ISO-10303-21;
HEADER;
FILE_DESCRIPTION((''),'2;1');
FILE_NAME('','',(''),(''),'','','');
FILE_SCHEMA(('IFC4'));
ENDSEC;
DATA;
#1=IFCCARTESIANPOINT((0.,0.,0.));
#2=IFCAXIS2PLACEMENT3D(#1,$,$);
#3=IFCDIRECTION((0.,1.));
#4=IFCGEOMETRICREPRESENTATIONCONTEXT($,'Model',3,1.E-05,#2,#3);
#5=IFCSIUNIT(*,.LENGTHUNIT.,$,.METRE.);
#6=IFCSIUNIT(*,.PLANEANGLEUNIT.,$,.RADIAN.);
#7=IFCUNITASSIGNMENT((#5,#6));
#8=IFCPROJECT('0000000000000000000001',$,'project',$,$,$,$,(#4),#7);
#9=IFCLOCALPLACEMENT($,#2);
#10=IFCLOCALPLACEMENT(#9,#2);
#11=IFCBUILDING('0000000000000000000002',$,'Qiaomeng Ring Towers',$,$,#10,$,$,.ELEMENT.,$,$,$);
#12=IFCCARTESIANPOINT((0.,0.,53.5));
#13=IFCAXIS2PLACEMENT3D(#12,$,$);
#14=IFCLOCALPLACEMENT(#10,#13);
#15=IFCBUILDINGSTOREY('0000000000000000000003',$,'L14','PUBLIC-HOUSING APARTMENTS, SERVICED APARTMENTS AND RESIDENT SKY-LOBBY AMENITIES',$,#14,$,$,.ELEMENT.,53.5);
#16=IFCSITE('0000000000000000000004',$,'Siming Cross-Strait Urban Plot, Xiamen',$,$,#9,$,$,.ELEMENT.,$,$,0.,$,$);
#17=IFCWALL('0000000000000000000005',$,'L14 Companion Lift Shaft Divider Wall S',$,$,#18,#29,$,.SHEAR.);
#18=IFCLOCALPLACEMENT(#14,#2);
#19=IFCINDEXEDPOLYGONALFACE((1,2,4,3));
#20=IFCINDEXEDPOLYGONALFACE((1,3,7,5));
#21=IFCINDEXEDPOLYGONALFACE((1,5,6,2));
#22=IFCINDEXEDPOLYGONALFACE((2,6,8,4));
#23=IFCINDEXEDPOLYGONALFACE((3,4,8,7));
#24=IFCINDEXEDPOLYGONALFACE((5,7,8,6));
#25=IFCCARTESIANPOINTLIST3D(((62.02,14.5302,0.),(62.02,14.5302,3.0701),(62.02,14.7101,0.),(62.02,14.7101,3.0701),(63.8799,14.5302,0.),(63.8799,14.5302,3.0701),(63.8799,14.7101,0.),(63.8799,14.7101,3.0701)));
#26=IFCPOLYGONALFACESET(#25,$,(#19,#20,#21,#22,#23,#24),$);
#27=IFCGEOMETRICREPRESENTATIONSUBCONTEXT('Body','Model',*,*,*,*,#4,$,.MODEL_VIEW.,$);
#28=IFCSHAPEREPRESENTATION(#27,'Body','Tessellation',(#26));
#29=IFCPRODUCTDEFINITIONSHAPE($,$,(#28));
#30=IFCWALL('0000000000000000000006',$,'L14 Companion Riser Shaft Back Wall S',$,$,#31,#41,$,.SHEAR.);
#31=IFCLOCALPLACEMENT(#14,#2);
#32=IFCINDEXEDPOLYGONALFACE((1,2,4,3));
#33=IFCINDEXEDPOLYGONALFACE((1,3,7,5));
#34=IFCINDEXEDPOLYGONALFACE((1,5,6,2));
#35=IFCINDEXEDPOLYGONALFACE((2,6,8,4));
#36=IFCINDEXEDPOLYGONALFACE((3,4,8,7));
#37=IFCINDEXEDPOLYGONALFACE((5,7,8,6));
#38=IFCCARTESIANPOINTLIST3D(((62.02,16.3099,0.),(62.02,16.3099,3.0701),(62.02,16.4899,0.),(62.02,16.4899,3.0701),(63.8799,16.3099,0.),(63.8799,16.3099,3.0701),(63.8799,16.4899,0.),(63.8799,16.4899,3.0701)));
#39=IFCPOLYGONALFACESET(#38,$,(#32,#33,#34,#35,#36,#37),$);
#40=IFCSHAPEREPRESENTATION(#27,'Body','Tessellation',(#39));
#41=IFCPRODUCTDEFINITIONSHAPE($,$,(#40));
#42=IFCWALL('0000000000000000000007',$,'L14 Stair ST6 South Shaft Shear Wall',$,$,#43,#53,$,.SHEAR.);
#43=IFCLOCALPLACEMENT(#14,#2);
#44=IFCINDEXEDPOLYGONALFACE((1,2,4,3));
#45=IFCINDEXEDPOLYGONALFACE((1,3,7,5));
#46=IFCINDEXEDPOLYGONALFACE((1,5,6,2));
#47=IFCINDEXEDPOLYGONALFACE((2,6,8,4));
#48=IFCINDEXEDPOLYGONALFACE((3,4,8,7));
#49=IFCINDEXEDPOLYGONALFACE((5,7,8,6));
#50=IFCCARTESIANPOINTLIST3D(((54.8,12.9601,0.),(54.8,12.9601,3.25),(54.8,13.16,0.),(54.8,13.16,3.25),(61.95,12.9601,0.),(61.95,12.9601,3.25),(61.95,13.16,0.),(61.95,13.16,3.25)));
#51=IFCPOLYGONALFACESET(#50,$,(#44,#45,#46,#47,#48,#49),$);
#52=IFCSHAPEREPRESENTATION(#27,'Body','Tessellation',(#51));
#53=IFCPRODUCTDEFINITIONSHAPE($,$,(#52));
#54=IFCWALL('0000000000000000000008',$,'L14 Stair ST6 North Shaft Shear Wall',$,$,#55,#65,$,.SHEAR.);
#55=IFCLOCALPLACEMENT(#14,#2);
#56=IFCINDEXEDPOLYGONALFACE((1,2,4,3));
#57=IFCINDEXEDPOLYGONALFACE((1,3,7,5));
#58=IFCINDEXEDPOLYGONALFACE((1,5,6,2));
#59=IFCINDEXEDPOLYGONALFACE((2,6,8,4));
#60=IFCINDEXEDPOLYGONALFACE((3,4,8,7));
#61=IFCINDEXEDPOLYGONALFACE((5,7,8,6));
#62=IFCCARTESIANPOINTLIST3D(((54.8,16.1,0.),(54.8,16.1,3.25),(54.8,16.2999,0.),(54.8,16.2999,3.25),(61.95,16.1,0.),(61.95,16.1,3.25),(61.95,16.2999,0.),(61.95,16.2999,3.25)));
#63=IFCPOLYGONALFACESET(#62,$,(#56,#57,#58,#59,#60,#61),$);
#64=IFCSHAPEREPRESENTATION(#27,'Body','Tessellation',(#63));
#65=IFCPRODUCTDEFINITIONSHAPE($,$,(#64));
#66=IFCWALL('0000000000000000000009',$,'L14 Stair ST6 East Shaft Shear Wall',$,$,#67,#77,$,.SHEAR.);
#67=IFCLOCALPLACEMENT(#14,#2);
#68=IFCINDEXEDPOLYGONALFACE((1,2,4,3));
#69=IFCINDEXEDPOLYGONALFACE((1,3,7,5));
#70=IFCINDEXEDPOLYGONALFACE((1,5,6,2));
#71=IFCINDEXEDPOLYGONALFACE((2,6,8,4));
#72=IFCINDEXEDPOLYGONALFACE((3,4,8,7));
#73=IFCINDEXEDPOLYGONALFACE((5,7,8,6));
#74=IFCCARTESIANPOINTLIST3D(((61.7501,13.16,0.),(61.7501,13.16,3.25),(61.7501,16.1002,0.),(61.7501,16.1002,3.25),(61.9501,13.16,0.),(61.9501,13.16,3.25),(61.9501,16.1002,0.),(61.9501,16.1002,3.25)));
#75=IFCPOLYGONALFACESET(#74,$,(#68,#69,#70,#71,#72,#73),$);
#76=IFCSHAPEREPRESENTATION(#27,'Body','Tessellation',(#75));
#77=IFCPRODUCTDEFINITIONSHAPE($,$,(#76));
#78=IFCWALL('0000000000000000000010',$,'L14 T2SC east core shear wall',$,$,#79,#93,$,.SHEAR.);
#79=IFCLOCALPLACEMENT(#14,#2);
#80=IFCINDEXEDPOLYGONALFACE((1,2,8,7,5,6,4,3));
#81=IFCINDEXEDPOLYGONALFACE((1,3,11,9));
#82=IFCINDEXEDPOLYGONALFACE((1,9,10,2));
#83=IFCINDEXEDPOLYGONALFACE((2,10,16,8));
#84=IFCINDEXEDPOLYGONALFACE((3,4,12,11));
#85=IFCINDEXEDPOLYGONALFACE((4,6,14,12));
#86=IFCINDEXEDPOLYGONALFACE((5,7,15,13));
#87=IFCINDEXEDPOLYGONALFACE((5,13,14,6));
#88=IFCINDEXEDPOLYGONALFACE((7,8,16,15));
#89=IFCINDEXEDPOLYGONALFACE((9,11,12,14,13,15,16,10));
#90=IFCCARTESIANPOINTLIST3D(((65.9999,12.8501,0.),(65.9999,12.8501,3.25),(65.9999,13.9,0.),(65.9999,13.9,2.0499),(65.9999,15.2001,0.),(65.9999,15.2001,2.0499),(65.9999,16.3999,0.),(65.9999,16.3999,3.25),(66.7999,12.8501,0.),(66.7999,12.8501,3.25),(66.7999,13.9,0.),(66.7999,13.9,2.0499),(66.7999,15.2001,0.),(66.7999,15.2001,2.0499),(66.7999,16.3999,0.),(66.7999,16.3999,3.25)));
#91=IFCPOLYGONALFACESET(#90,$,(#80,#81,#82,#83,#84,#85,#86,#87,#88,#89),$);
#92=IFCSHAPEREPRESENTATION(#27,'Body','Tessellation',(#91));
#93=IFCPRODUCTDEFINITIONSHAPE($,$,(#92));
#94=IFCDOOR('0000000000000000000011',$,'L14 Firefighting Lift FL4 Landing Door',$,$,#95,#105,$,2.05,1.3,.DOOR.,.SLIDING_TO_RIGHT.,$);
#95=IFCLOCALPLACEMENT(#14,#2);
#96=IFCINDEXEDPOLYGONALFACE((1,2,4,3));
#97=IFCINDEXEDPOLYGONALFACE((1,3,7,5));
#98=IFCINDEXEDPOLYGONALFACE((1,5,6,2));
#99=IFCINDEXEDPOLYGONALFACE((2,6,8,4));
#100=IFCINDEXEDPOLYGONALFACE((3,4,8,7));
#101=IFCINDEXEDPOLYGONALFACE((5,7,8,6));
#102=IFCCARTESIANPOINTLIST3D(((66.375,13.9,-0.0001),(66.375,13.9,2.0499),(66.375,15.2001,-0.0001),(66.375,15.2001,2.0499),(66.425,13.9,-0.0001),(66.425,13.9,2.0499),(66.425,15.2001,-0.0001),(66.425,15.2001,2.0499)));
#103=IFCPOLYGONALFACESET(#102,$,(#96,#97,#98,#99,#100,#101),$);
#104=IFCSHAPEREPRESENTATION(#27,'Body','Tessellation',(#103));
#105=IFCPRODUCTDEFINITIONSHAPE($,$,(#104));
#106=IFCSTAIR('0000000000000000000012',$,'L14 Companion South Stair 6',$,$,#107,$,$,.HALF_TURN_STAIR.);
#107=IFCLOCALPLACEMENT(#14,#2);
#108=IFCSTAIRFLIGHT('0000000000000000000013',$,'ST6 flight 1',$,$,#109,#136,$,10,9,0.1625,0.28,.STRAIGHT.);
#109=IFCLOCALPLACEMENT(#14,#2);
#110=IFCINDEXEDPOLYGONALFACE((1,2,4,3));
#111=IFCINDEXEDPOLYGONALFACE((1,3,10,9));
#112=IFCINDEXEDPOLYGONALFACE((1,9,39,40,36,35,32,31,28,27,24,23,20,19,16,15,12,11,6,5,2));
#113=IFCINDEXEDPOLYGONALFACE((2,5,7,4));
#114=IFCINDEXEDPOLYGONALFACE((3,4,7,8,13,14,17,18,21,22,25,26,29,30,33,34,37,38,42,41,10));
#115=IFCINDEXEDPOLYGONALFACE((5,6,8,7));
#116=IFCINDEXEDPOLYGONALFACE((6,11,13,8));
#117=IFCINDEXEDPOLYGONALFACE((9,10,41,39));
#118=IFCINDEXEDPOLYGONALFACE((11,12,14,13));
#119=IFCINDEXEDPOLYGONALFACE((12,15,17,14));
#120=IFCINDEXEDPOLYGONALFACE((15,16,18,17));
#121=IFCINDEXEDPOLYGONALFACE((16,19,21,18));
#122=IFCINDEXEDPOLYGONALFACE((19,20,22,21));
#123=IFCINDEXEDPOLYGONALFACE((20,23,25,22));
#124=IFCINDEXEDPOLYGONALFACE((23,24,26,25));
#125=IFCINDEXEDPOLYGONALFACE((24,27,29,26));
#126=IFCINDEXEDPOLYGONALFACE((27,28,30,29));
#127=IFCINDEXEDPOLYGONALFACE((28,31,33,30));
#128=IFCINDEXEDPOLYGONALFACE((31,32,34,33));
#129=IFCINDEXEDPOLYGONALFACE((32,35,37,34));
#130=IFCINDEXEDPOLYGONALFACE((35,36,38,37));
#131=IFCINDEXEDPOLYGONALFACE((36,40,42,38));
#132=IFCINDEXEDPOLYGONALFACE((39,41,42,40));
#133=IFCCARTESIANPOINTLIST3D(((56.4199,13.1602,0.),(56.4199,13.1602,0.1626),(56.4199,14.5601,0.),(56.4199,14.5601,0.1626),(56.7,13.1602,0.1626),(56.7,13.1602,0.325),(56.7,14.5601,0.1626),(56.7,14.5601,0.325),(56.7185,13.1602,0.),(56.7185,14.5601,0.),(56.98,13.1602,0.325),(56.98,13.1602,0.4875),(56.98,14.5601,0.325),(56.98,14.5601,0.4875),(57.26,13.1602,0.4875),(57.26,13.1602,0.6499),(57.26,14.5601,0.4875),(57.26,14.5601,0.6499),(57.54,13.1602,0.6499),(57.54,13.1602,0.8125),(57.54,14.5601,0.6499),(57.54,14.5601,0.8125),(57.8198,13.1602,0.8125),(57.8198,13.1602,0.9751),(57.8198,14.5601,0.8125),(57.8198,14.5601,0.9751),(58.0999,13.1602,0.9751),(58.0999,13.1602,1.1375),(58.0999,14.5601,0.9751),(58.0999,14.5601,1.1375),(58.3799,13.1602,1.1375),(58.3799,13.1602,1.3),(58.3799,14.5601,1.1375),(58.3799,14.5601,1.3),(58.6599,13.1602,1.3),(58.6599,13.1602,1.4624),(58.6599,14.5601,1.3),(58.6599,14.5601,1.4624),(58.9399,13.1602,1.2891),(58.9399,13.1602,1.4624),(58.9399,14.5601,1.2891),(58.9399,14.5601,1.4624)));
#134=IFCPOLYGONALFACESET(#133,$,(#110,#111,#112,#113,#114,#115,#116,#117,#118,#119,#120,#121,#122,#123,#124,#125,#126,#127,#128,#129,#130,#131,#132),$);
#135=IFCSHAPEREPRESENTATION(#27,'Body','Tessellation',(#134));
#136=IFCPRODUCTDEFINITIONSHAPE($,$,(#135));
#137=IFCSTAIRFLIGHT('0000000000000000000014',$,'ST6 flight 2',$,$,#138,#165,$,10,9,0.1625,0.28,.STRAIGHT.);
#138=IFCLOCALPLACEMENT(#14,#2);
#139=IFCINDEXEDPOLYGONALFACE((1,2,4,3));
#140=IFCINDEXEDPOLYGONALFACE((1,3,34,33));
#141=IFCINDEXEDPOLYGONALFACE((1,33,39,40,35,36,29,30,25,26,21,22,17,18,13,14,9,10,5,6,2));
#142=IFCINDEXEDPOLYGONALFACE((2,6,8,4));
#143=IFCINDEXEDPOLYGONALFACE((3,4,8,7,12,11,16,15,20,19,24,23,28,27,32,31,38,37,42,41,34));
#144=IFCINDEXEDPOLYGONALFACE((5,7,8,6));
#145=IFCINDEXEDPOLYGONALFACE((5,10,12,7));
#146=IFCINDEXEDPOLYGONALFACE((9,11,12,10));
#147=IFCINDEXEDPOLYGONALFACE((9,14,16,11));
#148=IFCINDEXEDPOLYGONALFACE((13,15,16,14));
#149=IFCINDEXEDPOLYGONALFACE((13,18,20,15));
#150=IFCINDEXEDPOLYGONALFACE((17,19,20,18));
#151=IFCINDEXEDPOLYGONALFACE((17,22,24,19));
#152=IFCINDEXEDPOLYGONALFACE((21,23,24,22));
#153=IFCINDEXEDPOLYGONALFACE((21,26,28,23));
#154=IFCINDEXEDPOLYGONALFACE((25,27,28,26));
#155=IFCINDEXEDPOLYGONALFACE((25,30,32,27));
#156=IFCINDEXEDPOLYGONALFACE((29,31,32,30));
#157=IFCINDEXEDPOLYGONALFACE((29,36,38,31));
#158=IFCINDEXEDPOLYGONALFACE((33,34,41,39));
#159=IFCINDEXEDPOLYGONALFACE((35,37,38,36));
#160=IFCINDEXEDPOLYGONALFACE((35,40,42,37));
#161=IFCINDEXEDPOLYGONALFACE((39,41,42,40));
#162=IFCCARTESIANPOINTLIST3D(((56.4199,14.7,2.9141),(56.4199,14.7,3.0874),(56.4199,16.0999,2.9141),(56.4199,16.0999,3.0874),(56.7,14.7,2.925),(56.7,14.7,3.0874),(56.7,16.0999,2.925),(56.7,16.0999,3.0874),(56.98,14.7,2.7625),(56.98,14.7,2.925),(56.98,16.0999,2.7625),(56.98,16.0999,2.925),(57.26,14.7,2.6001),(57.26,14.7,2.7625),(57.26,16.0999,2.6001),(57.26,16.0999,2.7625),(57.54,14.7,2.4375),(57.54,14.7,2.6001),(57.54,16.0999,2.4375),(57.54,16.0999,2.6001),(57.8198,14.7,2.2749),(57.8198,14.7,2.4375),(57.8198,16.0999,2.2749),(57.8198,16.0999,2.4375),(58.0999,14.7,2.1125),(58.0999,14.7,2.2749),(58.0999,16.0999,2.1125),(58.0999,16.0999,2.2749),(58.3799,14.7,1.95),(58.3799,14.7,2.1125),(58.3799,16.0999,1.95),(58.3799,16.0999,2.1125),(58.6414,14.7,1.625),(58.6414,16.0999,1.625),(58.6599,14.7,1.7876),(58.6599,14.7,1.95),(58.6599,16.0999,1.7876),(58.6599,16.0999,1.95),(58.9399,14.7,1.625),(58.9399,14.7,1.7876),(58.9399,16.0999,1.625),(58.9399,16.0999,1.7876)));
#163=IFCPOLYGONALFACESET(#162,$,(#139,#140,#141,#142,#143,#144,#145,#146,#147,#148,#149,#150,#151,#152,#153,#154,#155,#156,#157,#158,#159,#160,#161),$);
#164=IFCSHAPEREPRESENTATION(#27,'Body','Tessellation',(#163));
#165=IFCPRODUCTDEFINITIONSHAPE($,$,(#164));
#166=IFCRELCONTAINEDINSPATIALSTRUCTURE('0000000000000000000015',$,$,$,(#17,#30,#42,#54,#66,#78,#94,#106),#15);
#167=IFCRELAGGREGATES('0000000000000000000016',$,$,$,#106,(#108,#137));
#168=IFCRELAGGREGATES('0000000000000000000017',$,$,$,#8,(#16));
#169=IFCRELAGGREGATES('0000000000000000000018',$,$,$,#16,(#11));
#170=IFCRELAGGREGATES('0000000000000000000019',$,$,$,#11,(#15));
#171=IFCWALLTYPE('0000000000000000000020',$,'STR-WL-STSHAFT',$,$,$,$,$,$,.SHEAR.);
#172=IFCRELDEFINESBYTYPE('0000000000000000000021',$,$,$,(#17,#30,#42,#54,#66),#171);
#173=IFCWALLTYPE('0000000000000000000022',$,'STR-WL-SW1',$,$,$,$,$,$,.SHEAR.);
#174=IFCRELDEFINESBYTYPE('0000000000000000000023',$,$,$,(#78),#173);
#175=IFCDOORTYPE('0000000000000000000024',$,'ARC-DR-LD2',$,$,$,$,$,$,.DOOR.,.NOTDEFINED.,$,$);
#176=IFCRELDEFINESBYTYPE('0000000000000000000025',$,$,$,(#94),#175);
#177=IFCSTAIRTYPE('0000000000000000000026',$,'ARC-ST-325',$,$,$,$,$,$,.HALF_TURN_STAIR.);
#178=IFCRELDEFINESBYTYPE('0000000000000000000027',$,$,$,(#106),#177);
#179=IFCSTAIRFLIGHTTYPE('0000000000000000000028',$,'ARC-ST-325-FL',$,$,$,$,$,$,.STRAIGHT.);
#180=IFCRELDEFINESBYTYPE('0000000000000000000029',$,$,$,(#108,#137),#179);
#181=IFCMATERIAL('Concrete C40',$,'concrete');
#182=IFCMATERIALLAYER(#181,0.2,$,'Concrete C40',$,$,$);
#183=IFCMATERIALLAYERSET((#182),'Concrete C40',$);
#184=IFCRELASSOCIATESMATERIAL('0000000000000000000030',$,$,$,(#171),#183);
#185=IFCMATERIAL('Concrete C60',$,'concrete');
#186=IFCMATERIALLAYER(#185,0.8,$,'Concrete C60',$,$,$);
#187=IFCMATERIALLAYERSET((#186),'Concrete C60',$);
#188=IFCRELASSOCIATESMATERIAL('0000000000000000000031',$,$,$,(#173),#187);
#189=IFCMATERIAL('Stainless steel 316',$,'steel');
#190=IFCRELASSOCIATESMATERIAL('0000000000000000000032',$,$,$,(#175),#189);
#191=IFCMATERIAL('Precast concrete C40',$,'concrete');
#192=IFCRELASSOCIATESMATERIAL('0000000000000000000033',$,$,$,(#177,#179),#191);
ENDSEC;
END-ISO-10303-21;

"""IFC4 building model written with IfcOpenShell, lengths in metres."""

from ifc_helpers import new_model, si_unit, direction, frame, frame_2d, origin, place, context, subcontext, project, spatial, polyline, rectangle, outline, extrude, source, transform, mapped, material, layer, layer_set, type_object, element, fill, aggregate, save


model = new_model("IFC4")

# Units and contexts
model_context = context("Model", 3, precision=1e-05, world=origin(), true_north=direction((0.0, 1.0)))
body_context = subcontext(model_context, "Body", "Model", "MODEL_VIEW")
ifc_project = project(units=[si_unit("LENGTHUNIT", "METRE"), si_unit("PLANEANGLEUNIT", "RADIAN")], contexts=[model_context])

# Site, building, storey
site_placement = place(None, origin())
site = spatial("IfcSite", under=ifc_project, at=site_placement, Name="Siming Cross-Strait Urban Plot, Xiamen", CompositionType="ELEMENT", RefElevation=0.0)
building_placement = place(site_placement, origin())
building = spatial("IfcBuilding", under=site, at=building_placement, Name="Qiaomeng Ring Towers", CompositionType="ELEMENT")
storey_placement = place(building_placement, frame((0.0, 0.0, 53.5)))
storey = spatial("IfcBuildingStorey", under=building, at=storey_placement, Name="L14", Description="PUBLIC-HOUSING APARTMENTS, SERVICED APARTMENTS AND RESIDENT SKY-LOBBY AMENITIES", CompositionType="ELEMENT", Elevation=53.5)

# Walls
ifc_material_1 = material(Name="Concrete C40", Category="concrete")
ifc_layer_1 = layer(ifc_material_1, 0.2, Name="Concrete C40")
ifc_layer_set_1 = layer_set([ifc_layer_1], Name="Concrete C40")
wall_type_1 = type_object("IfcWallType", Name="STR-WL-STSHAFT", PredefinedType="SHEAR", material=ifc_layer_set_1)
for number, where, z_axis, x_axis, name in (
    (1, (62.02, 14.6201, 0.0), (0.0, 0.0, 1.0), (1.0, 0.0, 0.0), "L14 Companion Lift Shaft Divider Wall S"),
    (2, (62.02, 16.3999, 0.0), (0.0, 0.0, 1.0), (1.0, 0.0, 0.0), "L14 Companion Riser Shaft Back Wall S"),
):
    element("IfcWall", number, at=place(storey_placement, frame(where, z_axis=z_axis, x_axis=x_axis)), inside=storey, type_object=wall_type_1, Name=name, PredefinedType="SHEAR", context=body_context, shape_type="SweptSolid", body=[
        extrude(rectangle(XDim=1.8599, YDim=0.1799, at=frame_2d((0.9299, 0.0))), origin(), (0.0, 0.0, 1.0), 3.0701),
    ])
for number, where, z_axis, x_axis, name in (
    (3, (54.8, 13.0601, 0.0), (0.0, 0.0, 1.0), (1.0, 0.0, 0.0), "L14 Stair ST6 South Shaft Shear Wall"),
    (4, (54.8, 16.2, 0.0), (0.0, 0.0, 1.0), (1.0, 0.0, 0.0), "L14 Stair ST6 North Shaft Shear Wall"),
):
    element("IfcWall", number, at=place(storey_placement, frame(where, z_axis=z_axis, x_axis=x_axis)), inside=storey, type_object=wall_type_1, Name=name, PredefinedType="SHEAR", context=body_context, shape_type="SweptSolid", body=[
        extrude(rectangle(XDim=7.1499, YDim=0.2, at=frame_2d((3.575, 0.0))), origin(), (0.0, 0.0, 1.0), 3.25),
    ])
wall_1_placement = place(storey_placement, frame((61.8501, 13.1599, 0.0), z_axis=(0.0, 0.0, 1.0), x_axis=(0.0, 1.0, 0.0)))
element("IfcWall", 5, at=wall_1_placement, inside=storey, type_object=wall_type_1, Name="L14 Stair ST6 East Shaft Shear Wall", PredefinedType="SHEAR", context=body_context, shape_type="SweptSolid", body=[
    extrude(rectangle(XDim=2.9402, YDim=0.2, at=frame_2d((1.4702, 0.0))), origin(), (0.0, 0.0, 1.0), 3.25),
])

# Wall, opening, door
ifc_material_2 = material(Name="Concrete C60", Category="concrete")
ifc_layer_2 = layer(ifc_material_2, 0.8, Name="Concrete C60")
ifc_layer_set_2 = layer_set([ifc_layer_2], Name="Concrete C60")
wall_type_2 = type_object("IfcWallType", Name="STR-WL-SW1", PredefinedType="SHEAR", material=ifc_layer_set_2)
wall_2_placement = place(storey_placement, frame((66.3999, 12.8501, 0.0), z_axis=(0.0, 0.0, 1.0), x_axis=(0.0, 1.0, 0.0)))
wall_2 = element("IfcWall", 6, at=wall_2_placement, inside=storey, type_object=wall_type_2, Name="L14 T2SC east core shear wall", PredefinedType="SHEAR", context=body_context, shape_type="SweptSolid", body=[
    extrude(rectangle(XDim=3.5498, YDim=0.8, at=frame_2d((1.7749, 0.0))), origin(), (0.0, 0.0, 1.0), 3.25),
])
opening_placement = place(wall_2_placement, frame((1.05, 0.0, 0.0)))
opening = element("IfcOpeningElement", 7, at=opening_placement, cuts=wall_2, PredefinedType="OPENING", context=body_context, shape_type="SweptSolid", body=[
    extrude(rectangle(XDim=1.3, YDim=2.05, at=frame_2d((0.6499, 1.0249))), frame((0.0, 0.4099, 0.0), z_axis=(0.0, -1.0, 0.0), x_axis=(1.0, 0.0, 0.0)), (0.0, 0.0, 1.0), 0.8201),
])
ifc_material_3 = material(Name="Stainless steel 316", Category="steel")
door_type = type_object("IfcDoorType", Name="ARC-DR-LD2", OperationType="NOTDEFINED", PredefinedType="DOOR", material=ifc_material_3)
shared_shape_1 = source(origin(), body_context, "Body", "SweptSolid", [
    extrude(rectangle(XDim=1.3, YDim=2.05, at=frame_2d((0.6499, 1.0249))), frame((0.0, 0.0249, 0.0), z_axis=(0.0, -1.0, 0.0), x_axis=(1.0, 0.0, 0.0)), (0.0, 0.0, 1.0), 0.05),
])
door_placement = place(opening_placement, origin())
door = element("IfcDoor", 8, at=door_placement, inside=storey, type_object=door_type, Name="L14 Firefighting Lift FL4 Landing Door", OperationType="SLIDING_TO_RIGHT", OverallHeight=2.05, OverallWidth=1.3, PredefinedType="DOOR", context=body_context, shape_type="MappedRepresentation", body=[
    mapped(shared_shape_1, transform((0.0, 0.0, 0.0), x_axis=(1.0, 0.0, 0.0), y_axis=(0.0, 1.0, 0.0), z_axis=(0.0, 0.0, 1.0), scale=1.0)),
])
fill(opening, door)

# Stair, stair flights
ifc_material_4 = material(Name="Precast concrete C40", Category="concrete")
stair_type = type_object("IfcStairType", Name="ARC-ST-325", PredefinedType="HALF_TURN_STAIR", material=ifc_material_4)
stair_placement = place(storey_placement, origin())
stair = element("IfcStair", 9, at=stair_placement, inside=storey, type_object=stair_type, Name="L14 Companion South Stair 6", PredefinedType="HALF_TURN_STAIR")
stair_flight_type = type_object("IfcStairFlightType", Name="ARC-ST-325-FL", PredefinedType="STRAIGHT", material=ifc_material_4)
shared_shape_2 = source(origin(), body_context, "Body", "SweptSolid", [
    extrude(outline(polyline([(0.0, 0.0), (0.0, 0.1626), (0.28, 0.1626), (0.28, 0.325), (0.5601, 0.325), (0.5601, 0.4875), (0.8401, 0.4875), (0.8401, 0.6499), (1.1201, 0.6499), (1.1201, 0.8125), (1.3999, 0.8125), (1.3999, 0.9751), (1.6799, 0.9751), (1.6799, 1.1375), (1.96, 1.1375), (1.96, 1.3), (2.24, 1.3), (2.24, 1.4624), (2.52, 1.4624), (2.52, 1.625), (2.52, 1.2891), (0.2986, 0.0), (0.0, 0.0)])), frame((0.0, 0.7, 0.0), z_axis=(0.0, -1.0, 0.0), x_axis=(1.0, 0.0, 0.0)), (0.0, 0.0, 1.0), 1.3999),
])
stair_flight_1_placement = place(storey_placement, frame((56.4199, 13.8601, 0.0), z_axis=(0.0, 0.0, 1.0), x_axis=(1.0, 0.0, 0.0)))
stair_flight_1 = element("IfcStairFlight", 10, at=stair_flight_1_placement, type_object=stair_flight_type, Name="ST6 flight 1", NumberOfRisers=10, NumberOfTreads=9, PredefinedType="STRAIGHT", RiserHeight=0.1625, TreadLength=0.28, context=body_context, shape_type="MappedRepresentation", body=[
    mapped(shared_shape_2, transform((0.0, 0.0, 0.0), x_axis=(1.0, 0.0, 0.0), y_axis=(0.0, 1.0, 0.0), z_axis=(0.0, 0.0, 1.0), scale=1.0)),
])
stair_flight_2_placement = place(storey_placement, frame((58.9399, 15.3999, 1.625), z_axis=(0.0, 0.0, 1.0), x_axis=(-1.0, 0.0, 0.0)))
stair_flight_2 = element("IfcStairFlight", 11, at=stair_flight_2_placement, type_object=stair_flight_type, Name="ST6 flight 2", NumberOfRisers=10, NumberOfTreads=9, PredefinedType="STRAIGHT", RiserHeight=0.1625, TreadLength=0.28, context=body_context, shape_type="MappedRepresentation", body=[
    mapped(shared_shape_2, transform((0.0, 0.0, 0.0), x_axis=(1.0, 0.0, 0.0), y_axis=(0.0, 1.0, 0.0), z_axis=(0.0, 0.0, 1.0), scale=1.0)),
])
aggregate(stair, [stair_flight_1, stair_flight_2])

save(model, "model.ifc")
